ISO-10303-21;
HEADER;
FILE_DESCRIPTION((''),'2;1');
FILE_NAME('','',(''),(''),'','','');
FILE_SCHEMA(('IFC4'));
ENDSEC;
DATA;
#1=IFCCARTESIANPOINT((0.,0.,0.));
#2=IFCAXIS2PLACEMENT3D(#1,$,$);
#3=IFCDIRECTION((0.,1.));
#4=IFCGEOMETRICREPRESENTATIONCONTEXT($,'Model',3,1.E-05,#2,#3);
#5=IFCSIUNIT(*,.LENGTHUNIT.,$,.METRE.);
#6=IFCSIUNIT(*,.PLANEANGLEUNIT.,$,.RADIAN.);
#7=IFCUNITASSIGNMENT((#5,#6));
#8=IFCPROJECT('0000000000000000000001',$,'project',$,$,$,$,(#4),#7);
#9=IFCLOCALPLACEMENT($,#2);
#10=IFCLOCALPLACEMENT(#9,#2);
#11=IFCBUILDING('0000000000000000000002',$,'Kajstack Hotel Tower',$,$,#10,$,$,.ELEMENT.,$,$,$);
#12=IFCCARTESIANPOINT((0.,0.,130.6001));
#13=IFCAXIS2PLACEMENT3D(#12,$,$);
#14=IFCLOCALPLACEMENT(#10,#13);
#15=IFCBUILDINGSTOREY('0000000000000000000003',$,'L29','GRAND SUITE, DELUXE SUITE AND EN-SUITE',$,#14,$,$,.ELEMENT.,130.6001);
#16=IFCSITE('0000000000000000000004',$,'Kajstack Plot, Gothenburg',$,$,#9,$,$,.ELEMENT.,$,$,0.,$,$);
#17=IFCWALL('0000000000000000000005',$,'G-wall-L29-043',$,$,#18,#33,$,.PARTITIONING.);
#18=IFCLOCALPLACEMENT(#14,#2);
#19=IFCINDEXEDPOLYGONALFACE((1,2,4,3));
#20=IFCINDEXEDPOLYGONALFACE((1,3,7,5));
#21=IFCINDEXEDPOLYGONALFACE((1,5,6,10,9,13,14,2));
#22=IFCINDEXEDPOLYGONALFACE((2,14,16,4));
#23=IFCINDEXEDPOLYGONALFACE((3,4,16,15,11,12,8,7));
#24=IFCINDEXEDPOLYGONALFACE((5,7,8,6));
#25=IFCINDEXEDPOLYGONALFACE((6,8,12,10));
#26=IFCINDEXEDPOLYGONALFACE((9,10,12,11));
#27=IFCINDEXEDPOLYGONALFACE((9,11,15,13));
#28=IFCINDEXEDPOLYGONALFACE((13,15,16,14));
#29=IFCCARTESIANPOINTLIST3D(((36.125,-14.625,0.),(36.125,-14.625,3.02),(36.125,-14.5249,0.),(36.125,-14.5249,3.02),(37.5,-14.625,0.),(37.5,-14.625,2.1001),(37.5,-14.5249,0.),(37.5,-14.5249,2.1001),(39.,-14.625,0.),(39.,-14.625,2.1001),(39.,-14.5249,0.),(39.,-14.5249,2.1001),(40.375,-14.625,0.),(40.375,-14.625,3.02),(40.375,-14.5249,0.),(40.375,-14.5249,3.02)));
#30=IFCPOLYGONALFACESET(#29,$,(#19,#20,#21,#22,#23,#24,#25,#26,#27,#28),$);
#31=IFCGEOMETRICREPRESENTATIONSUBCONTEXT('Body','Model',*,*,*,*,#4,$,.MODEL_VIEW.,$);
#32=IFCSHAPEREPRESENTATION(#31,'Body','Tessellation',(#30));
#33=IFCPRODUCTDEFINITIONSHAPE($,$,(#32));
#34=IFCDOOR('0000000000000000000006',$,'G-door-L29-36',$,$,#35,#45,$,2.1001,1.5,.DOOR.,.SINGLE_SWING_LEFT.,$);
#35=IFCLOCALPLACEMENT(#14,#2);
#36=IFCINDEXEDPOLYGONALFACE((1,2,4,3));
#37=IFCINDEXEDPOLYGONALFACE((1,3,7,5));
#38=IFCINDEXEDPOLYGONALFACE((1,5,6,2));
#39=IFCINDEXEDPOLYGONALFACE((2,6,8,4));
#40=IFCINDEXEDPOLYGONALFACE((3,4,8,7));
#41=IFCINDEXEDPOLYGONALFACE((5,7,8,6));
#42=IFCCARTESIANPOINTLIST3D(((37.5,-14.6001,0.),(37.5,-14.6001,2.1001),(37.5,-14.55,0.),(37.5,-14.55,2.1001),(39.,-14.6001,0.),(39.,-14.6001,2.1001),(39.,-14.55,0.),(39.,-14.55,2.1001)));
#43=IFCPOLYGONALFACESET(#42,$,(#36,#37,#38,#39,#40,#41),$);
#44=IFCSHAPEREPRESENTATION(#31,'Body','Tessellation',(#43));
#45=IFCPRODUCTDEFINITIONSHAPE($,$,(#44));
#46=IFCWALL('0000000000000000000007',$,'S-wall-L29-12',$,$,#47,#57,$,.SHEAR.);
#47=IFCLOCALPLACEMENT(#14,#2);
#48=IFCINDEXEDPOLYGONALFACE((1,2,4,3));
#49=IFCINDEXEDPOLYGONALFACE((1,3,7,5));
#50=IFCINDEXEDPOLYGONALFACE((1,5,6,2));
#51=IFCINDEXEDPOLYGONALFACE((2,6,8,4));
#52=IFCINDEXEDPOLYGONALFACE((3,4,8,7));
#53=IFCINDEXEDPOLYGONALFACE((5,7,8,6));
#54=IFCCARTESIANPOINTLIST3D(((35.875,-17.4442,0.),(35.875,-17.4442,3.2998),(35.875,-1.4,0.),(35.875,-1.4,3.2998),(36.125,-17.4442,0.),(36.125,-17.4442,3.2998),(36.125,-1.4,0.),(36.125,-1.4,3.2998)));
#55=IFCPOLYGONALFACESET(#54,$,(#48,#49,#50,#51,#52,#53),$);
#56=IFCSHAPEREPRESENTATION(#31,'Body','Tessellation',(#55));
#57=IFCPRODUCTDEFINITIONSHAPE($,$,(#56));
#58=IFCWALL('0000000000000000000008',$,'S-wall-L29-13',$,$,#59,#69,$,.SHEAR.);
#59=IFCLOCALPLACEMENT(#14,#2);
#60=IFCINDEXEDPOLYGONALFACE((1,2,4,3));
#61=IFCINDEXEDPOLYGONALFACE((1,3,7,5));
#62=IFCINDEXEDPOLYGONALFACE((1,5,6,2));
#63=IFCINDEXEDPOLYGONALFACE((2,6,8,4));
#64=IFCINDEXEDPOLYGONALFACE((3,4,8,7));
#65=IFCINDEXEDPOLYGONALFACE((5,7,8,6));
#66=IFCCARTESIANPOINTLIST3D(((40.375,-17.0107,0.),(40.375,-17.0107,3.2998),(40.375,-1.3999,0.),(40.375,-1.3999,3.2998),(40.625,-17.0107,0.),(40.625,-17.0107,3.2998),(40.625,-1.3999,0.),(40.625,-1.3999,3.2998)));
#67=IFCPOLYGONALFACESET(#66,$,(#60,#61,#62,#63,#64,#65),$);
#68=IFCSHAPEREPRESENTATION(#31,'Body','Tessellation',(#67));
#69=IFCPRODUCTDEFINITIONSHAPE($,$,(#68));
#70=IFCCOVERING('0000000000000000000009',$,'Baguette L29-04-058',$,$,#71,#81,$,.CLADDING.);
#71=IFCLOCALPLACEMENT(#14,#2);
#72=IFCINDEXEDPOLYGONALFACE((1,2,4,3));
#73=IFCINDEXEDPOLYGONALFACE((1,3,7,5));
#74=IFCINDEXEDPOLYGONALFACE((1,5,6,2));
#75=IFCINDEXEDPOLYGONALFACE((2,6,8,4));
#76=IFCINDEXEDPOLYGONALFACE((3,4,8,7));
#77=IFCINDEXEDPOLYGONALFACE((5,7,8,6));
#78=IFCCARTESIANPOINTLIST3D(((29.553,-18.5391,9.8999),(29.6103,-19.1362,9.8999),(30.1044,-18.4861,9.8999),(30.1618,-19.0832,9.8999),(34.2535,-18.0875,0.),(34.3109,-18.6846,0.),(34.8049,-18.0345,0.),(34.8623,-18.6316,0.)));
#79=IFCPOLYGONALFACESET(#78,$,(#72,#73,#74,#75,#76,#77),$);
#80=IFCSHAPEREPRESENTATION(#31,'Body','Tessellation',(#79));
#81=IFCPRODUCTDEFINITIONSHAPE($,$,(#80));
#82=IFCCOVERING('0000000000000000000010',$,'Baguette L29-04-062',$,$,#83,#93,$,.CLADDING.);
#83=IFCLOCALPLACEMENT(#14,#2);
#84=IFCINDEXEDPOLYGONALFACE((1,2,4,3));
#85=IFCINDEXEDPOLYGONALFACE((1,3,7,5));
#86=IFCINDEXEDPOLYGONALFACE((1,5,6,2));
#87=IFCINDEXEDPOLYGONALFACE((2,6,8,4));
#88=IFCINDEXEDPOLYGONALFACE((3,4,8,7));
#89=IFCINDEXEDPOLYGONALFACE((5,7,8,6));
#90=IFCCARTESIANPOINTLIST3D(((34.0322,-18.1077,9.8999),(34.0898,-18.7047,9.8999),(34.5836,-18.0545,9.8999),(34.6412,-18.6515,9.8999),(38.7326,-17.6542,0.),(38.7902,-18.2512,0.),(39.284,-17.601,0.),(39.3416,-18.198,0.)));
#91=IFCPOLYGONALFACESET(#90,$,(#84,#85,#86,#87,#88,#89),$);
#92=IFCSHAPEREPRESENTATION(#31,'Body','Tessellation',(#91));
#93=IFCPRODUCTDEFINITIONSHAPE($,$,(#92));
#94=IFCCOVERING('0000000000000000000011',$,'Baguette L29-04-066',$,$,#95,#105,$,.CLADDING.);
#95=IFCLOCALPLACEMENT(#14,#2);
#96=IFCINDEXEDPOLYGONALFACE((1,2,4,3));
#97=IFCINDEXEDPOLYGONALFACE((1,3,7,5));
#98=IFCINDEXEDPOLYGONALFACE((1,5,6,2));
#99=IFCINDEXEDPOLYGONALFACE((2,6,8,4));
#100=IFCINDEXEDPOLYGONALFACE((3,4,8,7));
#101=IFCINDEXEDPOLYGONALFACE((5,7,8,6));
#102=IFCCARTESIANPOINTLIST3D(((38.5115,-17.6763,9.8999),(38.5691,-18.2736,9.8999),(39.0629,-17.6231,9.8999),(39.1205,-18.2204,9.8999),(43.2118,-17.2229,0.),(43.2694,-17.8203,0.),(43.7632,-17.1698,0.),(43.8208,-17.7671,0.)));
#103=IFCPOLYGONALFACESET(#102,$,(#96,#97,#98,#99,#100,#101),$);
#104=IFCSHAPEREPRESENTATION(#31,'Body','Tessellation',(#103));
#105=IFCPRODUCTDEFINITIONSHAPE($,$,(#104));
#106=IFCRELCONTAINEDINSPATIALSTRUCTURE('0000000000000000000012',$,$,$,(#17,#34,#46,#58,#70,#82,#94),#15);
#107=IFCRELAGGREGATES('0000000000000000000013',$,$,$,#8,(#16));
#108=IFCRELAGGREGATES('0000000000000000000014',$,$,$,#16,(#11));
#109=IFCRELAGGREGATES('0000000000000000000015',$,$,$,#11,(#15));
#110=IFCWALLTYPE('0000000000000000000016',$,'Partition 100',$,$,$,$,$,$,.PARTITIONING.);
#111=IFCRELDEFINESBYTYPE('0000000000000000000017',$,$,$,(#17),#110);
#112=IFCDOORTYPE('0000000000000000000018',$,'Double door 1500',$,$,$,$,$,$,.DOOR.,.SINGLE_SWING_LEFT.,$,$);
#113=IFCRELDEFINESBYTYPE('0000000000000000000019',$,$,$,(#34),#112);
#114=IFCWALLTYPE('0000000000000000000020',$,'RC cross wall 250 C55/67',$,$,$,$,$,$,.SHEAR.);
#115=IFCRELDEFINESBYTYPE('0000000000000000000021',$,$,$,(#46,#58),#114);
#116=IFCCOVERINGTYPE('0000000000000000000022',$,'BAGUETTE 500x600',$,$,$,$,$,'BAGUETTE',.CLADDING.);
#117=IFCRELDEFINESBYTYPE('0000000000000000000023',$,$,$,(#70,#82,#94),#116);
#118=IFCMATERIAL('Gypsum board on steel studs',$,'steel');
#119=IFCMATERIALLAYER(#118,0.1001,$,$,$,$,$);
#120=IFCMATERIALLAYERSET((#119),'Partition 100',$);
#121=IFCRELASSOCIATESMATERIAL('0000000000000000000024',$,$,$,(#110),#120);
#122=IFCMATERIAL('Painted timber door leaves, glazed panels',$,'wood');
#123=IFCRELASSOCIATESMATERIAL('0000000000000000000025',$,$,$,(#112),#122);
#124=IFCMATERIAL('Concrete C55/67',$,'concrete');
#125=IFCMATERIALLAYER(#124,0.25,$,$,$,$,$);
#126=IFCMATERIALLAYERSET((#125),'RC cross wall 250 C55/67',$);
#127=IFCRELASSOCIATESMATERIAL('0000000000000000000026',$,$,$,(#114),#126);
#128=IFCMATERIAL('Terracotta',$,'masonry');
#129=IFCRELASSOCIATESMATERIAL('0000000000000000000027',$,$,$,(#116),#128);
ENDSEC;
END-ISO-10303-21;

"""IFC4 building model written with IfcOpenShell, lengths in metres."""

from ifc_helpers import new_model, si_unit, direction, frame, frame_2d, origin, origin_2d, place, context, subcontext, project, spatial, polyline, rectangle, outline, extrude, material, layer, layer_set, material_profile, profile_set, type_object, element, fill, save


model = new_model("IFC4")

# Units and contexts
model_context = context("Model", 3, precision=1e-05, world=origin(), true_north=direction((0.0, 1.0)))
body_context = subcontext(model_context, "Body", "Model", "MODEL_VIEW")
ifc_project = project(units=[si_unit("LENGTHUNIT", "METRE"), si_unit("PLANEANGLEUNIT", "RADIAN")], contexts=[model_context])

# Site, building, storey
site_placement = place(None, origin())
site = spatial("IfcSite", under=ifc_project, at=site_placement, Name="Kajstack Plot, Gothenburg", CompositionType="ELEMENT", RefElevation=0.0)
building_placement = place(site_placement, origin())
building = spatial("IfcBuilding", under=site, at=building_placement, Name="Kajstack Hotel Tower", CompositionType="ELEMENT")
storey_placement = place(building_placement, frame((0.0, 0.0, 130.6001)))
storey = spatial("IfcBuildingStorey", under=building, at=storey_placement, Name="L29", Description="GRAND SUITE, DELUXE SUITE AND EN-SUITE", CompositionType="ELEMENT", Elevation=130.6001)

# Wall, opening, door
ifc_material_1 = material(Name="Gypsum board on steel studs", Category="steel")
ifc_layer_1 = layer(ifc_material_1, 0.1001)
ifc_layer_set_1 = layer_set([ifc_layer_1], Name="Partition 100")
wall_type_1 = type_object("IfcWallType", Name="Partition 100", PredefinedType="PARTITIONING", material=ifc_layer_set_1)
wall_1_placement = place(storey_placement, frame((36.125, -14.575, 0.0), z_axis=(0.0, 0.0, 1.0), x_axis=(1.0, 0.0, 0.0)))
wall_1 = element("IfcWall", 1, at=wall_1_placement, inside=storey, type_object=wall_type_1, Name="G-wall-L29-043", PredefinedType="PARTITIONING", context=body_context, shape_type="SweptSolid", body=[
    extrude(rectangle(XDim=4.25, YDim=0.1001, at=frame_2d((2.125, 0.0))), origin(), (0.0, 0.0, 1.0), 3.02),
])
opening_1_placement = place(wall_1_placement, frame((1.375, 0.0, 0.0)))
opening_1 = element("IfcOpeningElement", 2, at=opening_1_placement, cuts=wall_1, PredefinedType="OPENING", context=body_context, shape_type="SweptSolid", body=[
    extrude(rectangle(XDim=1.5, YDim=2.1001, at=frame_2d((0.75, 1.05))), frame((0.0, 0.0601, 0.0), z_axis=(0.0, -1.0, 0.0), x_axis=(1.0, 0.0, 0.0)), (0.0, 0.0, 1.0), 0.1201),
])
ifc_material_2 = material(Name="Painted timber door leaves, glazed panels", Category="wood")
door_type_1 = type_object("IfcDoorType", Name="Double door 1500", OperationType="SINGLE_SWING_LEFT", PredefinedType="DOOR", material=ifc_material_2)
door_1_placement = place(opening_1_placement, origin())
door_1 = element("IfcDoor", 3, at=door_1_placement, inside=storey, type_object=door_type_1, Name="G-door-L29-36", OperationType="SINGLE_SWING_LEFT", OverallHeight=2.1001, OverallWidth=1.5, PredefinedType="DOOR", context=body_context, shape_type="SweptSolid", body=[
    extrude(rectangle(XDim=1.5, YDim=2.1001, at=frame_2d((0.75, 1.05))), frame((0.0, 0.0249, 0.0), z_axis=(0.0, -1.0, 0.0), x_axis=(1.0, 0.0, 0.0)), (0.0, 0.0, 1.0), 0.05),
])
fill(opening_1, door_1)

# Walls
ifc_material_3 = material(Name="Concrete C55/67", Category="concrete")
ifc_layer_2 = layer(ifc_material_3, 0.25)
ifc_layer_set_2 = layer_set([ifc_layer_2], Name="RC cross wall 250 C55/67")
wall_type_2 = type_object("IfcWallType", Name="RC cross wall 250 C55/67", PredefinedType="SHEAR", material=ifc_layer_set_2)
wall_2_placement = place(storey_placement, frame((36.0, -17.4441, 0.0), z_axis=(0.0, 0.0, 1.0), x_axis=(0.0, 1.0, 0.0)))
element("IfcWall", 4, at=wall_2_placement, inside=storey, type_object=wall_type_2, Name="S-wall-L29-12", PredefinedType="SHEAR", context=body_context, shape_type="SweptSolid", body=[
    extrude(rectangle(XDim=16.0442, YDim=0.25, at=frame_2d((8.022, 0.0))), origin(), (0.0, 0.0, 1.0), 3.2998),
])
wall_3_placement = place(storey_placement, frame((40.5, -17.0107, 0.0), z_axis=(0.0, 0.0, 1.0), x_axis=(0.0, 1.0, 0.0)))
element("IfcWall", 5, at=wall_3_placement, inside=storey, type_object=wall_type_2, Name="S-wall-L29-13", PredefinedType="SHEAR", context=body_context, shape_type="SweptSolid", body=[
    extrude(rectangle(XDim=15.6108, YDim=0.25, at=frame_2d((7.8054, 0.0))), origin(), (0.0, 0.0, 1.0), 3.2998),
])

# Coverings
ifc_material_4 = material(Name="Terracotta", Category="masonry")
ifc_material_profile = material_profile(ifc_material_4, rectangle(XDim=0.6001, YDim=0.5, at=origin_2d()), Name="Terracotta-clad concrete baguette 500 x 600")
ifc_profile_set = profile_set([ifc_material_profile], Name="Terracotta")
covering_type = type_object("IfcCoveringType", Name="BAGUETTE 500x600", ElementType="BAGUETTE", PredefinedType="CLADDING", material=ifc_profile_set)
for number, where, z_axis, x_axis, name in (
    (6, (29.553, -18.5391, 0.0), (0.095635, -0.995416, 0.0), (0.995416, 0.095635, 0.0), "Baguette L29-04-058"),
    (7, (34.0322, -18.1077, 0.0), (0.096038, -0.995378, 0.0), (0.995378, 0.096038, 0.0), "Baguette L29-04-062"),
):
    element("IfcCovering", number, at=place(storey_placement, frame(where, z_axis=z_axis, x_axis=x_axis)), inside=storey, type_object=covering_type, Name=name, PredefinedType="CLADDING", context=body_context, shape_type="SweptSolid", body=[
        extrude(outline(polyline([(0.0, 9.8999), (4.7222, 0.0), (5.2761, 0.0), (0.554, 9.8999), (0.0, 9.8999)])), origin(), (0.0, 0.0, 1.0), 0.5999),
    ])
covering_placement = place(storey_placement, frame((38.5115, -17.6763, 0.0), z_axis=(0.095999, -0.995381, 0.0), x_axis=(0.995381, 0.095999, 0.0)))
element("IfcCovering", 8, at=covering_placement, inside=storey, type_object=covering_type, Name="Baguette L29-04-066", PredefinedType="CLADDING", context=body_context, shape_type="SweptSolid", body=[
    extrude(outline(polyline([(0.0, 9.8999), (4.7222, 0.0), (5.2761, 0.0), (0.554, 9.8999), (0.0, 9.8999)])), origin(), (0.0, 0.0, 1.0), 0.6001),
])

save(model, "model.ifc")
